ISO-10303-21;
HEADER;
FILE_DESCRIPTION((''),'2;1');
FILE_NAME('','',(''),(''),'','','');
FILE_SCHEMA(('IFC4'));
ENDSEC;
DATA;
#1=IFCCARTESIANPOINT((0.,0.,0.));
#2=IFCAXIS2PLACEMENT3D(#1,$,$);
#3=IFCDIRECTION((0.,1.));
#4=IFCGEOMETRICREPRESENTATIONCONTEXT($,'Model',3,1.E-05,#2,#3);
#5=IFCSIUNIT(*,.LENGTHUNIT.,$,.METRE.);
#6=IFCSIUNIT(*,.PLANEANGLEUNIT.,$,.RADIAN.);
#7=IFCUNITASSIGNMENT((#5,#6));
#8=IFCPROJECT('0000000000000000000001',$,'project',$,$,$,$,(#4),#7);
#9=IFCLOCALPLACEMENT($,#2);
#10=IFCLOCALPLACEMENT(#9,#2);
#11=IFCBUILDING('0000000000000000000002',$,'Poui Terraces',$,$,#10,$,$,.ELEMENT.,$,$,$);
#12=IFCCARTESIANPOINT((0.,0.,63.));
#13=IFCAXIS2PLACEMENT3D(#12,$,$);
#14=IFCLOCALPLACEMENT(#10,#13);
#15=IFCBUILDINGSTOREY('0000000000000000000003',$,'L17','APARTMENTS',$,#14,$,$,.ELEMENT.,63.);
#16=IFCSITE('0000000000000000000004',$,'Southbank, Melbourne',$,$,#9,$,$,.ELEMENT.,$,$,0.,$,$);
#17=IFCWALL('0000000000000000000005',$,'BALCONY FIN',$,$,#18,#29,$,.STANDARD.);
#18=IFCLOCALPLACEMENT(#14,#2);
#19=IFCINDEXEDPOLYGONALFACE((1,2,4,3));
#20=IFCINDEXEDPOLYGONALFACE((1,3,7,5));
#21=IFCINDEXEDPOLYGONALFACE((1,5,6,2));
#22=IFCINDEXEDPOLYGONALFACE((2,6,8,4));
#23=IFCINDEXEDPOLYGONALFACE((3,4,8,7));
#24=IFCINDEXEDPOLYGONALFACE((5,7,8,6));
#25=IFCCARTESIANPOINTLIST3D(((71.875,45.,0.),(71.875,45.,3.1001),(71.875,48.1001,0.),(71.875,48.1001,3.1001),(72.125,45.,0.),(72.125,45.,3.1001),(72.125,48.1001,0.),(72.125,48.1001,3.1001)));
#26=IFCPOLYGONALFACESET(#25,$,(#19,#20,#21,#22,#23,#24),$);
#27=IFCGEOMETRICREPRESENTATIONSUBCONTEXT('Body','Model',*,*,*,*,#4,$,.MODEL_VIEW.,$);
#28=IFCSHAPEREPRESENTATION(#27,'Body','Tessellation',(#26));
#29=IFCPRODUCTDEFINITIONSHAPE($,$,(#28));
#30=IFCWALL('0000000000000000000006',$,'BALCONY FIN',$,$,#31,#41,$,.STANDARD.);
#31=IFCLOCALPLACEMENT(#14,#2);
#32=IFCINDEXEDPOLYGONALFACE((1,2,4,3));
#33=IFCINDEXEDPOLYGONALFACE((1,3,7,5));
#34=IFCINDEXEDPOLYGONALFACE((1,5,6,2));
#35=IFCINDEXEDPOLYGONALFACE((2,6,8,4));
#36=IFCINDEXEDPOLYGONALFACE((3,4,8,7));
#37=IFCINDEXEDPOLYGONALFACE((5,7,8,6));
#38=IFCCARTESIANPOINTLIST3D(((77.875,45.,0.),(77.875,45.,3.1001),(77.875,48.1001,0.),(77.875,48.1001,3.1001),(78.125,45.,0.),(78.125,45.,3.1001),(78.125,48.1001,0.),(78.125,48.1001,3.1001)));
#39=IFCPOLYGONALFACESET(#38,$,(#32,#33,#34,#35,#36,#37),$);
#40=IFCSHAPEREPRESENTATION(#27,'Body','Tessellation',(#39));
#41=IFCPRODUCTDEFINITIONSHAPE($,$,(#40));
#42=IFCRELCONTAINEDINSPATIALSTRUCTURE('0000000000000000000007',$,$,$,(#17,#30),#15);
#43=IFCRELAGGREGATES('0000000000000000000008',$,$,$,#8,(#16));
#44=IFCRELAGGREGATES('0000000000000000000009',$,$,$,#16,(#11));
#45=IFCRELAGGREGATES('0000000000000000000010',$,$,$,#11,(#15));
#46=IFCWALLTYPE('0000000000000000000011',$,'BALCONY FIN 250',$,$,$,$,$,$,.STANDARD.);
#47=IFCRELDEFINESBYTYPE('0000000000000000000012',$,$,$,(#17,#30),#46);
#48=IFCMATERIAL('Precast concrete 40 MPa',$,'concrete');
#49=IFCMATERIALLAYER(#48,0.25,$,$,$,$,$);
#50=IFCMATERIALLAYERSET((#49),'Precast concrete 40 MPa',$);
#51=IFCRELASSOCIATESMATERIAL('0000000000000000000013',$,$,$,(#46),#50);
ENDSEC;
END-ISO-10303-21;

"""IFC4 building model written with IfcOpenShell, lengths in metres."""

from ifc_helpers import new_model, si_unit, direction, frame, origin, place, context, subcontext, project, spatial, polyline, outline, extrude, source, transform, mapped, material, layer, layer_set, type_object, element, save


model = new_model("IFC4")

# Units and contexts
model_context = context("Model", 3, precision=1e-05, world=origin(), true_north=direction((0.0, 1.0)))
body_context = subcontext(model_context, "Body", "Model", "MODEL_VIEW")
ifc_project = project(units=[si_unit("LENGTHUNIT", "METRE"), si_unit("PLANEANGLEUNIT", "RADIAN")], contexts=[model_context])

# Site, building, storey
site_placement = place(None, origin())
site = spatial("IfcSite", under=ifc_project, at=site_placement, Name="Southbank, Melbourne", CompositionType="ELEMENT", RefElevation=0.0)
building_placement = place(site_placement, origin())
building = spatial("IfcBuilding", under=site, at=building_placement, Name="Poui Terraces", CompositionType="ELEMENT")
storey_placement = place(building_placement, frame((0.0, 0.0, 63.0)))
storey = spatial("IfcBuildingStorey", under=building, at=storey_placement, Name="L17", Description="APARTMENTS", CompositionType="ELEMENT", Elevation=63.0)

# Walls
ifc_material_1 = material(Name="Precast concrete 40 MPa", Category="concrete")
ifc_layer_1 = layer(ifc_material_1, 0.25)
ifc_layer_set_1 = layer_set([ifc_layer_1], Name="Precast concrete 40 MPa")
wall_type_1 = type_object("IfcWallType", Name="BALCONY FIN 250", PredefinedType="STANDARD", material=ifc_layer_set_1)
shared_shape_1 = source(origin(), body_context, "Body", "SweptSolid", [
    extrude(outline(polyline([(0.0, 0.0), (0.25, 0.0), (0.25, 3.1001), (0.0, 3.1001), (0.0, 0.0)])), origin(), (0.0, 0.0, 1.0), 3.1001),
])
for number, where, name in (
    (1, (71.875, 45.0, 0.0), "BALCONY FIN"),
    (2, (77.875, 45.0, 0.0), "BALCONY FIN"),
):
    element("IfcWall", number, at=place(storey_placement, frame(where)), inside=storey, type_object=wall_type_1, Name=name, PredefinedType="STANDARD", context=body_context, shape_type="MappedRepresentation", body=[
        mapped(shared_shape_1, transform((0.0, 0.0, 0.0))),
    ])

save(model, "model.ifc")
